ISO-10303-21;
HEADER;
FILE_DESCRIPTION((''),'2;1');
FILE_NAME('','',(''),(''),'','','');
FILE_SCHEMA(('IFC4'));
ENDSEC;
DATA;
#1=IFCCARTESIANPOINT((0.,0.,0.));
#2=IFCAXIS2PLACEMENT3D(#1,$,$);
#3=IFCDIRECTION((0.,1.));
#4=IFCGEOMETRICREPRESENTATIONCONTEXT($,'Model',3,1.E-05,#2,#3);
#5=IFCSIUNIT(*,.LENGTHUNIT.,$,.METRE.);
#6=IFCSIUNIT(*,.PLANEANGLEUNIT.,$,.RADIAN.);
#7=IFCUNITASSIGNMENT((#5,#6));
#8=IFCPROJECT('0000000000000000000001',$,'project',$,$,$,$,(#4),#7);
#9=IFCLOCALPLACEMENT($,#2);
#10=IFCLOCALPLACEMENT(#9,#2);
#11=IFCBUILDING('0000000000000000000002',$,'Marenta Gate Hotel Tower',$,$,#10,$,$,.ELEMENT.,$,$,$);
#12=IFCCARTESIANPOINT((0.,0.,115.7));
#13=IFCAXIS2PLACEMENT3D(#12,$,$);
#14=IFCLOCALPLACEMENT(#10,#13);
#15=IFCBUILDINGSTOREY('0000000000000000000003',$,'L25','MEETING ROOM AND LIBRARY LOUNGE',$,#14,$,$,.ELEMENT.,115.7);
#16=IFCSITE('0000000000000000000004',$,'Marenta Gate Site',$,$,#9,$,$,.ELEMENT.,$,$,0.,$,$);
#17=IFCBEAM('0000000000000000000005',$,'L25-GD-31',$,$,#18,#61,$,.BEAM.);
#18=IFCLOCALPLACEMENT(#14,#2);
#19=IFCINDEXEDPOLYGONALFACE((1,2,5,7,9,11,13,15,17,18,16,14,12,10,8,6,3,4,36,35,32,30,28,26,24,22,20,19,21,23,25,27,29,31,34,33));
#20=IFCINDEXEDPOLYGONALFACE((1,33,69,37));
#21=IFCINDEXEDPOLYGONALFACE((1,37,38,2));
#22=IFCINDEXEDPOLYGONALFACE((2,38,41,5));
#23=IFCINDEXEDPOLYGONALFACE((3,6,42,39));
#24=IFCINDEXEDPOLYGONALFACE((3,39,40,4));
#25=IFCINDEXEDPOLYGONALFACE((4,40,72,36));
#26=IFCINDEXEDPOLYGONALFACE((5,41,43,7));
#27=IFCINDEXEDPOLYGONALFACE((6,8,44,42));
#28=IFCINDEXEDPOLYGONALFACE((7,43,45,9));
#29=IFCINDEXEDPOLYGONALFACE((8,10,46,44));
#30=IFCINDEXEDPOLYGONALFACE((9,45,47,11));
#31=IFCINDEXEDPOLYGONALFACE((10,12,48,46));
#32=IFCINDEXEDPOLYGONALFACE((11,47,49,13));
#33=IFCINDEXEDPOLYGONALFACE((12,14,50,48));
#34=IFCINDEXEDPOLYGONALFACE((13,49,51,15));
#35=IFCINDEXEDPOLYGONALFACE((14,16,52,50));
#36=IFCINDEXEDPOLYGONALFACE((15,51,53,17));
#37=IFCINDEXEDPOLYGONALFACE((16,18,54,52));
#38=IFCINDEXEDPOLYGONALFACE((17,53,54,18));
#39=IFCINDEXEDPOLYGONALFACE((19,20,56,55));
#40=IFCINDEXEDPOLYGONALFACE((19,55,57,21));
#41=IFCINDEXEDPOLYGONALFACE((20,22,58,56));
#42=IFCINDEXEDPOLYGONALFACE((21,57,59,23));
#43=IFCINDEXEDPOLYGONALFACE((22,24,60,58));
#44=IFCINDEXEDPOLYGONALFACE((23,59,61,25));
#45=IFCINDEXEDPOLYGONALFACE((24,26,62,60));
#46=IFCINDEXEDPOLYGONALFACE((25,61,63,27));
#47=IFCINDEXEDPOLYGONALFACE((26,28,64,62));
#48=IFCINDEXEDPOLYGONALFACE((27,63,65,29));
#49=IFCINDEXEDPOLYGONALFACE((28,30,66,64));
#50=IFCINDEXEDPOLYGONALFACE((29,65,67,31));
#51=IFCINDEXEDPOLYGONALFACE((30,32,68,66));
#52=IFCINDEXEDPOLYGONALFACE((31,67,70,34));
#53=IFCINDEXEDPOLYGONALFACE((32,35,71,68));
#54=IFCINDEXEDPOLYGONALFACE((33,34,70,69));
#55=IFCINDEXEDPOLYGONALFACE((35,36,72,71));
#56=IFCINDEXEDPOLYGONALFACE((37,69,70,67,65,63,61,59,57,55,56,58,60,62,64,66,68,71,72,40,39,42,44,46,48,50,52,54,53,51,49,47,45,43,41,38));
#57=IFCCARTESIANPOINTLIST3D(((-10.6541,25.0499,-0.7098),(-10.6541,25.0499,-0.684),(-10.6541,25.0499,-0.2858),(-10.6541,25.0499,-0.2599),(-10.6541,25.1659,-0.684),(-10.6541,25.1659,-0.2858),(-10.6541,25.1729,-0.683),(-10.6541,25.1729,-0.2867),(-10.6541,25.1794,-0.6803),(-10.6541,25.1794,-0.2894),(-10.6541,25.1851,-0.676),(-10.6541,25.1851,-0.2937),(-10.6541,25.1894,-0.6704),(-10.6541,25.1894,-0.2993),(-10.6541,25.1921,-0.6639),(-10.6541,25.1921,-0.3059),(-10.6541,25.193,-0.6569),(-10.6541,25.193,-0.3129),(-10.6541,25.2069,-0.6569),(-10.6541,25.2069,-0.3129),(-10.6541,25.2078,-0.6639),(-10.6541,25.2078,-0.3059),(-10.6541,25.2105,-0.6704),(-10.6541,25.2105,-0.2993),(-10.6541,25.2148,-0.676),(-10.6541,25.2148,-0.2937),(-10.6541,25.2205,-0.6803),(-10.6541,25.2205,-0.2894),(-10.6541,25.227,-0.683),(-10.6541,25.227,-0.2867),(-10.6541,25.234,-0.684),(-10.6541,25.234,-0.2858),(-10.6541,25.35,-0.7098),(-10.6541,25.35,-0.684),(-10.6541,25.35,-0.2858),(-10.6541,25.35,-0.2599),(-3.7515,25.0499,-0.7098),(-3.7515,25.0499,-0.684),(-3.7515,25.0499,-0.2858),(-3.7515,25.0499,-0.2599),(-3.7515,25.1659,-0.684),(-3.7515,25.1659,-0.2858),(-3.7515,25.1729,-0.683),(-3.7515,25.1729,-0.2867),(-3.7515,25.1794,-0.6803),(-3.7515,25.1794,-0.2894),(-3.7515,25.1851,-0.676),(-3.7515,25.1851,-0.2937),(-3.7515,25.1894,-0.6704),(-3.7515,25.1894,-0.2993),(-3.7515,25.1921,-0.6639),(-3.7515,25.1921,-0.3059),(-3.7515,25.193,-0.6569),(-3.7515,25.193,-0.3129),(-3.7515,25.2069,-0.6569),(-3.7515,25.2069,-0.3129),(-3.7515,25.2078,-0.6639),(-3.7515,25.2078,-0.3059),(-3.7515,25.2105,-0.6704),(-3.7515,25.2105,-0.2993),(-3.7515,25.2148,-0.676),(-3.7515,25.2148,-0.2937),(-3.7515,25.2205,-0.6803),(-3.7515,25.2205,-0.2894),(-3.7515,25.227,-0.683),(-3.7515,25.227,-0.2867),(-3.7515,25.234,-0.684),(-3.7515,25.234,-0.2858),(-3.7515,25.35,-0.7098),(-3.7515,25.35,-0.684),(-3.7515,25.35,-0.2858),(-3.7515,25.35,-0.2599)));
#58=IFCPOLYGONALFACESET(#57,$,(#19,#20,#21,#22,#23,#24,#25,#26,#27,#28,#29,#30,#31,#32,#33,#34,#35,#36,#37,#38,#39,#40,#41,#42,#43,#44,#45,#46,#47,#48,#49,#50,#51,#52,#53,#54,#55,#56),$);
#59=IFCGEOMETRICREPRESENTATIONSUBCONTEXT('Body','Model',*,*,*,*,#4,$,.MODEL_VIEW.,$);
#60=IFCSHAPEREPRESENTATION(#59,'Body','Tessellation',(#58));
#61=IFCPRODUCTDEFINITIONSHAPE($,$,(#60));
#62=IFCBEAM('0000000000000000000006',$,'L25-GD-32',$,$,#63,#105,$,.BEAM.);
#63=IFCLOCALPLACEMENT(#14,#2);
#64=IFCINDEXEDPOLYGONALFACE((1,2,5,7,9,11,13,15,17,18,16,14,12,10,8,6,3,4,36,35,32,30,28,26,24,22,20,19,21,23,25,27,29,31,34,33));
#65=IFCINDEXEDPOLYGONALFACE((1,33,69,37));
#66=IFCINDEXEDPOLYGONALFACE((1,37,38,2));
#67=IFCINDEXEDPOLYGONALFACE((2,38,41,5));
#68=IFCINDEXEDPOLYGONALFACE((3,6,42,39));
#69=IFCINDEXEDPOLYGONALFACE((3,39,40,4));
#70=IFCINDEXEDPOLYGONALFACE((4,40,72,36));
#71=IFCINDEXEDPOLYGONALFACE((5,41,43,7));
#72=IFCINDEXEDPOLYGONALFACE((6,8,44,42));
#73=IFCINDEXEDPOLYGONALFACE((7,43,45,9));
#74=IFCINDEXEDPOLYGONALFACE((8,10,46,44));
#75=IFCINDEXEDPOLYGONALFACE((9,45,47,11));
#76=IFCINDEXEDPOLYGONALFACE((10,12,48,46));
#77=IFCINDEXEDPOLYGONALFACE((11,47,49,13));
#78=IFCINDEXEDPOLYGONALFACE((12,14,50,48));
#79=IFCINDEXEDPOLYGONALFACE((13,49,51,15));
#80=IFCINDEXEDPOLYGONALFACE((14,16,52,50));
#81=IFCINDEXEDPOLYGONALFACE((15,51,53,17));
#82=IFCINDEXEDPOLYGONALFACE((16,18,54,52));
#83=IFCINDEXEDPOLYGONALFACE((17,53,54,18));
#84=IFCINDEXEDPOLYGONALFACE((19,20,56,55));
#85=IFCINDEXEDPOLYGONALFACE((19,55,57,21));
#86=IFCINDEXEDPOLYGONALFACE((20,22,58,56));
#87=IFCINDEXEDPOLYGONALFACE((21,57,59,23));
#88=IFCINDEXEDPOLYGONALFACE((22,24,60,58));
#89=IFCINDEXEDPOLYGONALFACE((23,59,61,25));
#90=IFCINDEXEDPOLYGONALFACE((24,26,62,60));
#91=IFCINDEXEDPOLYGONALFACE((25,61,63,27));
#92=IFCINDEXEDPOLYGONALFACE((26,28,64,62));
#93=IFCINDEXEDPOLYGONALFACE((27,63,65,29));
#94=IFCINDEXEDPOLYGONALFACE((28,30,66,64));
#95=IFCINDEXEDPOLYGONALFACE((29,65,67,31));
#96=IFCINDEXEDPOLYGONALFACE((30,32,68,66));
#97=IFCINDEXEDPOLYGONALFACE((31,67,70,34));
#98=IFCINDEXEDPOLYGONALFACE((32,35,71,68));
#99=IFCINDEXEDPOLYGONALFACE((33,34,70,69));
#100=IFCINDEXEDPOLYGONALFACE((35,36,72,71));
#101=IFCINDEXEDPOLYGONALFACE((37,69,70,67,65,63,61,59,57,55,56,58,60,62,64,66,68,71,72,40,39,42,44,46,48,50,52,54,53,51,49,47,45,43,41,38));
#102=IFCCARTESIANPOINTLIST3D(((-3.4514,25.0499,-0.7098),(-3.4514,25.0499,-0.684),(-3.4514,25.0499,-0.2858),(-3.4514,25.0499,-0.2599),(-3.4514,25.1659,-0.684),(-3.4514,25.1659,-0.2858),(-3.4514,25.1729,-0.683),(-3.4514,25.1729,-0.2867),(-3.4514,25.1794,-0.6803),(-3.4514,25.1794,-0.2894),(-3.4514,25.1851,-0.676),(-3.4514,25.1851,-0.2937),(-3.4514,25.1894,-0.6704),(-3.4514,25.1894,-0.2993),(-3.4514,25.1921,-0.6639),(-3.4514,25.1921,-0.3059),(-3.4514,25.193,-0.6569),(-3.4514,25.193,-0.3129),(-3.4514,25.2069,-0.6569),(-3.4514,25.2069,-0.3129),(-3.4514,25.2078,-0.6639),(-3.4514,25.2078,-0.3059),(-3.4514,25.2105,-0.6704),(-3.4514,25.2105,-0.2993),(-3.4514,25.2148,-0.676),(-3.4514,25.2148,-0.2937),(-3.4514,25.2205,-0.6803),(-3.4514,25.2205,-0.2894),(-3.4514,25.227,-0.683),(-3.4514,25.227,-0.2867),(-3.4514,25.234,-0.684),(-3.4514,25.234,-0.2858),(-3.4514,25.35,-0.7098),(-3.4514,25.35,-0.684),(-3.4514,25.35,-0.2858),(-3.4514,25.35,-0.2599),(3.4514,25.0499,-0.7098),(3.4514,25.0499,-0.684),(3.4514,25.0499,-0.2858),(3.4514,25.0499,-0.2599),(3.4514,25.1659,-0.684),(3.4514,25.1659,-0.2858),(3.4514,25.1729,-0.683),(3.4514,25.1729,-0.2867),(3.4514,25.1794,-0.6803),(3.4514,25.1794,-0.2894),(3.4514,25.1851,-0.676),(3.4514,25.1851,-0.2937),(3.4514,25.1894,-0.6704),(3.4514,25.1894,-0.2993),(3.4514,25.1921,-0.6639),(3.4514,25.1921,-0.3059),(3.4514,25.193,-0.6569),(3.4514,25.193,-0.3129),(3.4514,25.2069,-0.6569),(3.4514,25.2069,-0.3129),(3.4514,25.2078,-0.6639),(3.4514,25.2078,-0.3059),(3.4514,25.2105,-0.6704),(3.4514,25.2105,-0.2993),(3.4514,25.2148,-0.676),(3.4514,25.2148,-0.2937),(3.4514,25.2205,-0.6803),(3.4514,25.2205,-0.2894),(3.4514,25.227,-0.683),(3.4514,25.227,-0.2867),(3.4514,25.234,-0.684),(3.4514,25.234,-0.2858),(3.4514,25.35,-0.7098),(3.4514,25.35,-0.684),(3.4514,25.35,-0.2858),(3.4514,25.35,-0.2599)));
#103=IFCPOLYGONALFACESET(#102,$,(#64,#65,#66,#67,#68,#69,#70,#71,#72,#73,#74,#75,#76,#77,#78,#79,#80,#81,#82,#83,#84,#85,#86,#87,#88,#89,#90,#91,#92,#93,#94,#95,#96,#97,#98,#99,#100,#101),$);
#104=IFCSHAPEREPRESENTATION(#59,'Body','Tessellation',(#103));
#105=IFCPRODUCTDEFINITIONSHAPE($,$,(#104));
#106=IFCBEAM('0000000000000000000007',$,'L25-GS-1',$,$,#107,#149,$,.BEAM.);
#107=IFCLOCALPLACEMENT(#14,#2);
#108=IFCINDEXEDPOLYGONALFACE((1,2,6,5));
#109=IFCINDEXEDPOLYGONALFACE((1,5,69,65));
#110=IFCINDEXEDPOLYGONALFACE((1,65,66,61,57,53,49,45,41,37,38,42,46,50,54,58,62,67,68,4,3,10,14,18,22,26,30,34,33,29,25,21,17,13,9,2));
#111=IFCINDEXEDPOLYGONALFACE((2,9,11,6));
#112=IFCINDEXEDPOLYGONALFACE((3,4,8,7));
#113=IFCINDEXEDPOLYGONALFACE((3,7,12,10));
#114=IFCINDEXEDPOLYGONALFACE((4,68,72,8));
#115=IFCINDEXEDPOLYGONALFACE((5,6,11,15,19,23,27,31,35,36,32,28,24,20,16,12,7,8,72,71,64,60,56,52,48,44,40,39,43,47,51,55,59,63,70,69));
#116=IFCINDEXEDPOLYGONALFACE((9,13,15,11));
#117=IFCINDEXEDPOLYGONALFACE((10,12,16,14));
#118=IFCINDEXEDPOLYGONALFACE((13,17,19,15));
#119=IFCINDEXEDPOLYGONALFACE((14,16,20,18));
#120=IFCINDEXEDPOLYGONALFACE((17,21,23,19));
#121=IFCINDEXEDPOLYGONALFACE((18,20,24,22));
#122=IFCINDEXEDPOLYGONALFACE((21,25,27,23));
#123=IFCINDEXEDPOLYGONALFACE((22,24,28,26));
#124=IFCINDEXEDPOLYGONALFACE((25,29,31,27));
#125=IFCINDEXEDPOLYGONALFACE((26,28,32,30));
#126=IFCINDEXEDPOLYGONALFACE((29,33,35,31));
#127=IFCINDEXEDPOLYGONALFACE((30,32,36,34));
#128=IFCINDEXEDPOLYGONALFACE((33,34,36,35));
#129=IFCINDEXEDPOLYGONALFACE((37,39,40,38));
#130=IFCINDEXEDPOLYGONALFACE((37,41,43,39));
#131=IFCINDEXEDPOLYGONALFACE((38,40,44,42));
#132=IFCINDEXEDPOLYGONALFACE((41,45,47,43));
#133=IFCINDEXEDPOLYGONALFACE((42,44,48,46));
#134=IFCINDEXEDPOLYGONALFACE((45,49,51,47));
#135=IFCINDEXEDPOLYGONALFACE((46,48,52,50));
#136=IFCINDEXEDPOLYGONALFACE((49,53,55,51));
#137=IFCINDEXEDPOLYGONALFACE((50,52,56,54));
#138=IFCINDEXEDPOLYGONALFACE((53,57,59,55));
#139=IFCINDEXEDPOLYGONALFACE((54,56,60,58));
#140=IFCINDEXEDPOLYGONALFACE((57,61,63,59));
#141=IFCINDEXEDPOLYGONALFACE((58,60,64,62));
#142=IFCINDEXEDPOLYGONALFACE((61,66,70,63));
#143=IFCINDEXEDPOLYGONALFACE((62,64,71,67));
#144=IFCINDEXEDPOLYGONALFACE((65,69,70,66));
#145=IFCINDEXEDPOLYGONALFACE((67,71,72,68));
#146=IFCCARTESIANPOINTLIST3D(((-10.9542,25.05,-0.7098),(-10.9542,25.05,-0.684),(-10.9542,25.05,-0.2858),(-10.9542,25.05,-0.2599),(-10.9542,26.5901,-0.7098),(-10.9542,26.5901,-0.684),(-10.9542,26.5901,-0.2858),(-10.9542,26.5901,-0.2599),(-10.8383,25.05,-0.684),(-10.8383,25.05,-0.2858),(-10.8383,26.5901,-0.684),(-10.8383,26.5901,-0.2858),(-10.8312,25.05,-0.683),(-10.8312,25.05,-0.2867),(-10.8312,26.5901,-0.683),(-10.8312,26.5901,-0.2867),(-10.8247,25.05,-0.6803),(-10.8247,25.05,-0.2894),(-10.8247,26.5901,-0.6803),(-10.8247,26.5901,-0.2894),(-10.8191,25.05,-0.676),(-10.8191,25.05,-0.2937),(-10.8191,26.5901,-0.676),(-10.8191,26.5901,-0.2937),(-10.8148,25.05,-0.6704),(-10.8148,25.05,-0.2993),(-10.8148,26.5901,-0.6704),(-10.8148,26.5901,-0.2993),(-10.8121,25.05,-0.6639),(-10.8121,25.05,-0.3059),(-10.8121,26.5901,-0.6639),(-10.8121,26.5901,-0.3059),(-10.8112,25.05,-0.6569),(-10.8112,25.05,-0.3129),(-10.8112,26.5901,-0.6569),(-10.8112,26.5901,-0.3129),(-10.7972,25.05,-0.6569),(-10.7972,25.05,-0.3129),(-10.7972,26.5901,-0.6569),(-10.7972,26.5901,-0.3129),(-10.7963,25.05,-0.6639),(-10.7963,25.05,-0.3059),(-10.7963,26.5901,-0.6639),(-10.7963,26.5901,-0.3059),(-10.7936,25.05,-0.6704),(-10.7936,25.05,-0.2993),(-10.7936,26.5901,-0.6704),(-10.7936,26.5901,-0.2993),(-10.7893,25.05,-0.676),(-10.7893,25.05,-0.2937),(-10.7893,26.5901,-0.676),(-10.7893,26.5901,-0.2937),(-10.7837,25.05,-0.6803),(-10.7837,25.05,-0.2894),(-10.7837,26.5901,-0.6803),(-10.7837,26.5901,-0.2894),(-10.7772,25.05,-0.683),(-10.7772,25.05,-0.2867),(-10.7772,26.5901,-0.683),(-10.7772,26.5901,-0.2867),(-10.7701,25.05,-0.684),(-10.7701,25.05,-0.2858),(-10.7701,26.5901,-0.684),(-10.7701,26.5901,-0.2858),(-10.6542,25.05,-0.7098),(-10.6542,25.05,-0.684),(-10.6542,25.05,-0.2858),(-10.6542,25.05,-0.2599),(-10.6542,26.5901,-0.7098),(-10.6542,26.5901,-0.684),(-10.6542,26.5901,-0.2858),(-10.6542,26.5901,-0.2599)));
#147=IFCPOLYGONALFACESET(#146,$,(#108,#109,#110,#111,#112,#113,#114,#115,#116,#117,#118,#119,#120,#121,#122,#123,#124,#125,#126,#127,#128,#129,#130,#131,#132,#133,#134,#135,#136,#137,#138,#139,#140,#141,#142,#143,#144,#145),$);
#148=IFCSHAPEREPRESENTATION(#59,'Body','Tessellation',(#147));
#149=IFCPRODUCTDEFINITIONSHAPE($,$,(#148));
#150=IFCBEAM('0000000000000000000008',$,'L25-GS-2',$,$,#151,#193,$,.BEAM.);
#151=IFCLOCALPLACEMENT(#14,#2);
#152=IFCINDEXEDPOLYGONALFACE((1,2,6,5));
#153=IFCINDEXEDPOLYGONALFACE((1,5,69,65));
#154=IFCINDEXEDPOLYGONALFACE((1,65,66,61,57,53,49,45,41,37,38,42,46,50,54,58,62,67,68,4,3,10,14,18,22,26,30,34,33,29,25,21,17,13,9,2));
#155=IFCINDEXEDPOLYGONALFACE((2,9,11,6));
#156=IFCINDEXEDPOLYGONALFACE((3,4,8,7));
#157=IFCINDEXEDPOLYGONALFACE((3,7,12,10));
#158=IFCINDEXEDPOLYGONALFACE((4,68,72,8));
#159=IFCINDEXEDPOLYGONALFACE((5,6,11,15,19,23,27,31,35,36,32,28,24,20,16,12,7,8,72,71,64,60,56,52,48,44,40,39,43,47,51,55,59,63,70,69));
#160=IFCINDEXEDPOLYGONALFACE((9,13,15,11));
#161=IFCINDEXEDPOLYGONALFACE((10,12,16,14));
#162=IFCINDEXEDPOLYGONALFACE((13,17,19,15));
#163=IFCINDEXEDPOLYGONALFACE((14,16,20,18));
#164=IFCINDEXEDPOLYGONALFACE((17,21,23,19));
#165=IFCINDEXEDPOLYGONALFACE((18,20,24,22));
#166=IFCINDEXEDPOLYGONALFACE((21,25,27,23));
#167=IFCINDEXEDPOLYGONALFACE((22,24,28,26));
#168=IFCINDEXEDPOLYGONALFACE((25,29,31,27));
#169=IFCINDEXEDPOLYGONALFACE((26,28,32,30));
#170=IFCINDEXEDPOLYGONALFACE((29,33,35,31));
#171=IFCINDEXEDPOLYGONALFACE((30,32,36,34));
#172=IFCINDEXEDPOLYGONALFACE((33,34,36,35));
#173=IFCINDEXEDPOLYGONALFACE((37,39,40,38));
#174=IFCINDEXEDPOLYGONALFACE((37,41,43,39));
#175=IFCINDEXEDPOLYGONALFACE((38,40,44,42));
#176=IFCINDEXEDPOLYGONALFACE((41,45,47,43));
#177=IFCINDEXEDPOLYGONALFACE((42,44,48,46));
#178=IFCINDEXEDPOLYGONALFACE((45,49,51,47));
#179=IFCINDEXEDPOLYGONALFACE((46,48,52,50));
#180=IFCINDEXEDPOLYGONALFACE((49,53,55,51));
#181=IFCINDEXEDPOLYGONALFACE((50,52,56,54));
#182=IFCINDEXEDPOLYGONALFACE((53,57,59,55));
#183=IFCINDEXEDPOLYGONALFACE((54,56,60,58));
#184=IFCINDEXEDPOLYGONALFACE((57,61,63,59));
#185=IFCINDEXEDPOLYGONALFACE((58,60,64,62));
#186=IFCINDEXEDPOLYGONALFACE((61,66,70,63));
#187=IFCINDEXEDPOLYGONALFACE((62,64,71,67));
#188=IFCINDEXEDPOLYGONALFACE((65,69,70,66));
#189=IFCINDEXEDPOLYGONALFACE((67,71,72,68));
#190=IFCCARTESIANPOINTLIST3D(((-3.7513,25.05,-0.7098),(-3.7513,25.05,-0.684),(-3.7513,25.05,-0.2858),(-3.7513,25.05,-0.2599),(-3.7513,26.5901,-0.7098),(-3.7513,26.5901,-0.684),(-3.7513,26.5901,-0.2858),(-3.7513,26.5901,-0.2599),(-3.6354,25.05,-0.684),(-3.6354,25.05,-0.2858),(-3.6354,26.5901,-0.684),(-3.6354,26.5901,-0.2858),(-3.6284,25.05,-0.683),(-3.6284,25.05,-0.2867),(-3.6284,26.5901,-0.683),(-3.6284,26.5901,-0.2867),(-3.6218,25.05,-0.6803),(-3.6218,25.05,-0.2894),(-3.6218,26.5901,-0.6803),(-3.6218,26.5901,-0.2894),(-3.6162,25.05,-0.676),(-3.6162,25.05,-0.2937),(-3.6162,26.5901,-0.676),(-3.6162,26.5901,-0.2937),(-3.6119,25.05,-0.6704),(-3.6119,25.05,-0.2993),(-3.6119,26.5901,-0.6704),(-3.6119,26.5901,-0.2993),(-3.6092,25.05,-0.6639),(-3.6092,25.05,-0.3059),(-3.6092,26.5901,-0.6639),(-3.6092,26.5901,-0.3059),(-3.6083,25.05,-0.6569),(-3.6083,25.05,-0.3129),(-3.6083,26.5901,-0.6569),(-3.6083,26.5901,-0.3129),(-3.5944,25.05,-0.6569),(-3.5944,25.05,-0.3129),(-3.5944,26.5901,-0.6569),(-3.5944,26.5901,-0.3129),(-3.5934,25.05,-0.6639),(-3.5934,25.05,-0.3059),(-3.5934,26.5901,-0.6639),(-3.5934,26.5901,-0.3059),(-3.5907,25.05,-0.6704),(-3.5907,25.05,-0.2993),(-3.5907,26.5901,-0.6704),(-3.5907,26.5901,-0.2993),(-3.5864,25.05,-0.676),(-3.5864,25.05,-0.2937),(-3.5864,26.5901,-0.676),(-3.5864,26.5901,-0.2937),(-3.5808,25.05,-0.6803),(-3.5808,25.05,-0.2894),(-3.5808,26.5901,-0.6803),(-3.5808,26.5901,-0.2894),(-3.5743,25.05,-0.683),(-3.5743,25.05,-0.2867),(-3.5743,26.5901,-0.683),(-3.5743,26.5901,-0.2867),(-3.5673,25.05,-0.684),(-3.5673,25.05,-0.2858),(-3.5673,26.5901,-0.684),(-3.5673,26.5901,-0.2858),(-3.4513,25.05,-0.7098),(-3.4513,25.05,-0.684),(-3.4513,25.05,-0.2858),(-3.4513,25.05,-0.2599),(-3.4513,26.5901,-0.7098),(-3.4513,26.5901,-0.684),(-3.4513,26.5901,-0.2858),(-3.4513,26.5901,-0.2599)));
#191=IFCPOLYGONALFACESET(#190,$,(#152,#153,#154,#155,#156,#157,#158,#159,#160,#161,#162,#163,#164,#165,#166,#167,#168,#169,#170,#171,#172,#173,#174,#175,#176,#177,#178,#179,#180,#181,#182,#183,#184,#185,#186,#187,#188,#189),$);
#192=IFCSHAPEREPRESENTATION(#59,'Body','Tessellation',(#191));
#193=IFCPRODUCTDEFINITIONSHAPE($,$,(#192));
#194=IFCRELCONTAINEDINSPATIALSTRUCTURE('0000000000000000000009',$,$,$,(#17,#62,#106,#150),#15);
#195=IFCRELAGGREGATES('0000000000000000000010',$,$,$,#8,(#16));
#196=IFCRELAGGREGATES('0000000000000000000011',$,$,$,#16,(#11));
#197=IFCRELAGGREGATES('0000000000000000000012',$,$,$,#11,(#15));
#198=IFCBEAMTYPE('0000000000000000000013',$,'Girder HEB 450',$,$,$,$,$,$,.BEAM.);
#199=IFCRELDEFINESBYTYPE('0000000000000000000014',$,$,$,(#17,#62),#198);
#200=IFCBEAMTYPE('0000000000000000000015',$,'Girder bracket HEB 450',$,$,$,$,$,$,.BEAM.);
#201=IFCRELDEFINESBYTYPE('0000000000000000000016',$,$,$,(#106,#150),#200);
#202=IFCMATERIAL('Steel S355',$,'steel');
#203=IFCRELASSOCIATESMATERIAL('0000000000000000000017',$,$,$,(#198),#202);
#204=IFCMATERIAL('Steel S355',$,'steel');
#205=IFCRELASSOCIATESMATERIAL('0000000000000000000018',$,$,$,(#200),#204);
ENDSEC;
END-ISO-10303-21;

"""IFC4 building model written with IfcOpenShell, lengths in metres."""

from ifc_helpers import new_model, si_unit, direction, frame, origin, origin_2d, place, context, subcontext, project, spatial, i_section, extrude, material, material_profile, profile_set, type_object, element, save


model = new_model("IFC4")

# Units and contexts
model_context = context("Model", 3, precision=1e-05, world=origin(), true_north=direction((0.0, 1.0)))
body_context = subcontext(model_context, "Body", "Model", "MODEL_VIEW")
ifc_project = project(units=[si_unit("LENGTHUNIT", "METRE"), si_unit("PLANEANGLEUNIT", "RADIAN")], contexts=[model_context])

# Site, building, storey
site_placement = place(None, origin())
site = spatial("IfcSite", under=ifc_project, at=site_placement, Name="Marenta Gate Site", CompositionType="ELEMENT", RefElevation=0.0)
building_placement = place(site_placement, origin())
building = spatial("IfcBuilding", under=site, at=building_placement, Name="Marenta Gate Hotel Tower", CompositionType="ELEMENT")
storey_placement = place(building_placement, frame((0.0, 0.0, 115.7)))
storey = spatial("IfcBuildingStorey", under=building, at=storey_placement, Name="L25", Description="MEETING ROOM AND LIBRARY LOUNGE", CompositionType="ELEMENT", Elevation=115.7)

# Beams
ifc_material_1 = material(Name="Steel S355", Category="steel")
ifc_material_profile_1 = material_profile(ifc_material_1, i_section(OverallWidth=0.3, OverallDepth=0.45, WebThickness=0.0139, FlangeThickness=0.0259, FilletRadius=0.0271, at=origin_2d()), Name="HEB 450")
ifc_profile_set_1 = profile_set([ifc_material_profile_1], Name="Steel S355")
beam_type_1 = type_object("IfcBeamType", Name="Girder HEB 450", PredefinedType="BEAM", material=ifc_profile_set_1)
beam_1_placement = place(storey_placement, frame((-10.6541, 25.2, -0.4849), z_axis=(1.0, 0.0, 0.0), x_axis=(0.0, 1.0, 0.0)))
element("IfcBeam", 1, at=beam_1_placement, inside=storey, type_object=beam_type_1, Name="L25-GD-31", PredefinedType="BEAM", context=body_context, shape_type="SweptSolid", body=[
    extrude(i_section(OverallWidth=0.3, OverallDepth=0.45, WebThickness=0.0139, FlangeThickness=0.0259, FilletRadius=0.0271, at=origin_2d()), origin(), (0.0, 0.0, 1.0), 6.9026),
])
beam_2_placement = place(storey_placement, frame((-3.4514, 25.2, -0.4849), z_axis=(1.0, 0.0, 0.0), x_axis=(0.0, 1.0, 0.0)))
element("IfcBeam", 2, at=beam_2_placement, inside=storey, type_object=beam_type_1, Name="L25-GD-32", PredefinedType="BEAM", context=body_context, shape_type="SweptSolid", body=[
    extrude(i_section(OverallWidth=0.3, OverallDepth=0.45, WebThickness=0.0139, FlangeThickness=0.0259, FilletRadius=0.0271, at=origin_2d()), origin(), (0.0, 0.0, 1.0), 6.9028),
])
ifc_material_2 = material(Name="Steel S355", Category="steel")
ifc_material_profile_2 = material_profile(ifc_material_2, i_section(OverallWidth=0.3, OverallDepth=0.45, WebThickness=0.0139, FlangeThickness=0.0259, FilletRadius=0.0271, at=origin_2d()), Name="HEB 450")
ifc_profile_set_2 = profile_set([ifc_material_profile_2], Name="Steel S355")
beam_type_2 = type_object("IfcBeamType", Name="Girder bracket HEB 450", PredefinedType="BEAM", material=ifc_profile_set_2)
for number, where, z_axis, x_axis, name in (
    (3, (-10.8042, 25.05, -0.4849), (0.0, 1.0, 0.0), (-1.0, 0.0, 0.0), "L25-GS-1"),
    (4, (-3.6013, 25.05, -0.4849), (0.0, 1.0, 0.0), (-1.0, 0.0, 0.0), "L25-GS-2"),
):
    element("IfcBeam", number, at=place(storey_placement, frame(where, z_axis=z_axis, x_axis=x_axis)), inside=storey, type_object=beam_type_2, Name=name, PredefinedType="BEAM", context=body_context, shape_type="SweptSolid", body=[
        extrude(i_section(OverallWidth=0.3, OverallDepth=0.45, WebThickness=0.0139, FlangeThickness=0.0259, FilletRadius=0.0271, at=origin_2d()), origin(), (0.0, 0.0, 1.0), 1.54),
    ])

save(model, "model.ifc")
